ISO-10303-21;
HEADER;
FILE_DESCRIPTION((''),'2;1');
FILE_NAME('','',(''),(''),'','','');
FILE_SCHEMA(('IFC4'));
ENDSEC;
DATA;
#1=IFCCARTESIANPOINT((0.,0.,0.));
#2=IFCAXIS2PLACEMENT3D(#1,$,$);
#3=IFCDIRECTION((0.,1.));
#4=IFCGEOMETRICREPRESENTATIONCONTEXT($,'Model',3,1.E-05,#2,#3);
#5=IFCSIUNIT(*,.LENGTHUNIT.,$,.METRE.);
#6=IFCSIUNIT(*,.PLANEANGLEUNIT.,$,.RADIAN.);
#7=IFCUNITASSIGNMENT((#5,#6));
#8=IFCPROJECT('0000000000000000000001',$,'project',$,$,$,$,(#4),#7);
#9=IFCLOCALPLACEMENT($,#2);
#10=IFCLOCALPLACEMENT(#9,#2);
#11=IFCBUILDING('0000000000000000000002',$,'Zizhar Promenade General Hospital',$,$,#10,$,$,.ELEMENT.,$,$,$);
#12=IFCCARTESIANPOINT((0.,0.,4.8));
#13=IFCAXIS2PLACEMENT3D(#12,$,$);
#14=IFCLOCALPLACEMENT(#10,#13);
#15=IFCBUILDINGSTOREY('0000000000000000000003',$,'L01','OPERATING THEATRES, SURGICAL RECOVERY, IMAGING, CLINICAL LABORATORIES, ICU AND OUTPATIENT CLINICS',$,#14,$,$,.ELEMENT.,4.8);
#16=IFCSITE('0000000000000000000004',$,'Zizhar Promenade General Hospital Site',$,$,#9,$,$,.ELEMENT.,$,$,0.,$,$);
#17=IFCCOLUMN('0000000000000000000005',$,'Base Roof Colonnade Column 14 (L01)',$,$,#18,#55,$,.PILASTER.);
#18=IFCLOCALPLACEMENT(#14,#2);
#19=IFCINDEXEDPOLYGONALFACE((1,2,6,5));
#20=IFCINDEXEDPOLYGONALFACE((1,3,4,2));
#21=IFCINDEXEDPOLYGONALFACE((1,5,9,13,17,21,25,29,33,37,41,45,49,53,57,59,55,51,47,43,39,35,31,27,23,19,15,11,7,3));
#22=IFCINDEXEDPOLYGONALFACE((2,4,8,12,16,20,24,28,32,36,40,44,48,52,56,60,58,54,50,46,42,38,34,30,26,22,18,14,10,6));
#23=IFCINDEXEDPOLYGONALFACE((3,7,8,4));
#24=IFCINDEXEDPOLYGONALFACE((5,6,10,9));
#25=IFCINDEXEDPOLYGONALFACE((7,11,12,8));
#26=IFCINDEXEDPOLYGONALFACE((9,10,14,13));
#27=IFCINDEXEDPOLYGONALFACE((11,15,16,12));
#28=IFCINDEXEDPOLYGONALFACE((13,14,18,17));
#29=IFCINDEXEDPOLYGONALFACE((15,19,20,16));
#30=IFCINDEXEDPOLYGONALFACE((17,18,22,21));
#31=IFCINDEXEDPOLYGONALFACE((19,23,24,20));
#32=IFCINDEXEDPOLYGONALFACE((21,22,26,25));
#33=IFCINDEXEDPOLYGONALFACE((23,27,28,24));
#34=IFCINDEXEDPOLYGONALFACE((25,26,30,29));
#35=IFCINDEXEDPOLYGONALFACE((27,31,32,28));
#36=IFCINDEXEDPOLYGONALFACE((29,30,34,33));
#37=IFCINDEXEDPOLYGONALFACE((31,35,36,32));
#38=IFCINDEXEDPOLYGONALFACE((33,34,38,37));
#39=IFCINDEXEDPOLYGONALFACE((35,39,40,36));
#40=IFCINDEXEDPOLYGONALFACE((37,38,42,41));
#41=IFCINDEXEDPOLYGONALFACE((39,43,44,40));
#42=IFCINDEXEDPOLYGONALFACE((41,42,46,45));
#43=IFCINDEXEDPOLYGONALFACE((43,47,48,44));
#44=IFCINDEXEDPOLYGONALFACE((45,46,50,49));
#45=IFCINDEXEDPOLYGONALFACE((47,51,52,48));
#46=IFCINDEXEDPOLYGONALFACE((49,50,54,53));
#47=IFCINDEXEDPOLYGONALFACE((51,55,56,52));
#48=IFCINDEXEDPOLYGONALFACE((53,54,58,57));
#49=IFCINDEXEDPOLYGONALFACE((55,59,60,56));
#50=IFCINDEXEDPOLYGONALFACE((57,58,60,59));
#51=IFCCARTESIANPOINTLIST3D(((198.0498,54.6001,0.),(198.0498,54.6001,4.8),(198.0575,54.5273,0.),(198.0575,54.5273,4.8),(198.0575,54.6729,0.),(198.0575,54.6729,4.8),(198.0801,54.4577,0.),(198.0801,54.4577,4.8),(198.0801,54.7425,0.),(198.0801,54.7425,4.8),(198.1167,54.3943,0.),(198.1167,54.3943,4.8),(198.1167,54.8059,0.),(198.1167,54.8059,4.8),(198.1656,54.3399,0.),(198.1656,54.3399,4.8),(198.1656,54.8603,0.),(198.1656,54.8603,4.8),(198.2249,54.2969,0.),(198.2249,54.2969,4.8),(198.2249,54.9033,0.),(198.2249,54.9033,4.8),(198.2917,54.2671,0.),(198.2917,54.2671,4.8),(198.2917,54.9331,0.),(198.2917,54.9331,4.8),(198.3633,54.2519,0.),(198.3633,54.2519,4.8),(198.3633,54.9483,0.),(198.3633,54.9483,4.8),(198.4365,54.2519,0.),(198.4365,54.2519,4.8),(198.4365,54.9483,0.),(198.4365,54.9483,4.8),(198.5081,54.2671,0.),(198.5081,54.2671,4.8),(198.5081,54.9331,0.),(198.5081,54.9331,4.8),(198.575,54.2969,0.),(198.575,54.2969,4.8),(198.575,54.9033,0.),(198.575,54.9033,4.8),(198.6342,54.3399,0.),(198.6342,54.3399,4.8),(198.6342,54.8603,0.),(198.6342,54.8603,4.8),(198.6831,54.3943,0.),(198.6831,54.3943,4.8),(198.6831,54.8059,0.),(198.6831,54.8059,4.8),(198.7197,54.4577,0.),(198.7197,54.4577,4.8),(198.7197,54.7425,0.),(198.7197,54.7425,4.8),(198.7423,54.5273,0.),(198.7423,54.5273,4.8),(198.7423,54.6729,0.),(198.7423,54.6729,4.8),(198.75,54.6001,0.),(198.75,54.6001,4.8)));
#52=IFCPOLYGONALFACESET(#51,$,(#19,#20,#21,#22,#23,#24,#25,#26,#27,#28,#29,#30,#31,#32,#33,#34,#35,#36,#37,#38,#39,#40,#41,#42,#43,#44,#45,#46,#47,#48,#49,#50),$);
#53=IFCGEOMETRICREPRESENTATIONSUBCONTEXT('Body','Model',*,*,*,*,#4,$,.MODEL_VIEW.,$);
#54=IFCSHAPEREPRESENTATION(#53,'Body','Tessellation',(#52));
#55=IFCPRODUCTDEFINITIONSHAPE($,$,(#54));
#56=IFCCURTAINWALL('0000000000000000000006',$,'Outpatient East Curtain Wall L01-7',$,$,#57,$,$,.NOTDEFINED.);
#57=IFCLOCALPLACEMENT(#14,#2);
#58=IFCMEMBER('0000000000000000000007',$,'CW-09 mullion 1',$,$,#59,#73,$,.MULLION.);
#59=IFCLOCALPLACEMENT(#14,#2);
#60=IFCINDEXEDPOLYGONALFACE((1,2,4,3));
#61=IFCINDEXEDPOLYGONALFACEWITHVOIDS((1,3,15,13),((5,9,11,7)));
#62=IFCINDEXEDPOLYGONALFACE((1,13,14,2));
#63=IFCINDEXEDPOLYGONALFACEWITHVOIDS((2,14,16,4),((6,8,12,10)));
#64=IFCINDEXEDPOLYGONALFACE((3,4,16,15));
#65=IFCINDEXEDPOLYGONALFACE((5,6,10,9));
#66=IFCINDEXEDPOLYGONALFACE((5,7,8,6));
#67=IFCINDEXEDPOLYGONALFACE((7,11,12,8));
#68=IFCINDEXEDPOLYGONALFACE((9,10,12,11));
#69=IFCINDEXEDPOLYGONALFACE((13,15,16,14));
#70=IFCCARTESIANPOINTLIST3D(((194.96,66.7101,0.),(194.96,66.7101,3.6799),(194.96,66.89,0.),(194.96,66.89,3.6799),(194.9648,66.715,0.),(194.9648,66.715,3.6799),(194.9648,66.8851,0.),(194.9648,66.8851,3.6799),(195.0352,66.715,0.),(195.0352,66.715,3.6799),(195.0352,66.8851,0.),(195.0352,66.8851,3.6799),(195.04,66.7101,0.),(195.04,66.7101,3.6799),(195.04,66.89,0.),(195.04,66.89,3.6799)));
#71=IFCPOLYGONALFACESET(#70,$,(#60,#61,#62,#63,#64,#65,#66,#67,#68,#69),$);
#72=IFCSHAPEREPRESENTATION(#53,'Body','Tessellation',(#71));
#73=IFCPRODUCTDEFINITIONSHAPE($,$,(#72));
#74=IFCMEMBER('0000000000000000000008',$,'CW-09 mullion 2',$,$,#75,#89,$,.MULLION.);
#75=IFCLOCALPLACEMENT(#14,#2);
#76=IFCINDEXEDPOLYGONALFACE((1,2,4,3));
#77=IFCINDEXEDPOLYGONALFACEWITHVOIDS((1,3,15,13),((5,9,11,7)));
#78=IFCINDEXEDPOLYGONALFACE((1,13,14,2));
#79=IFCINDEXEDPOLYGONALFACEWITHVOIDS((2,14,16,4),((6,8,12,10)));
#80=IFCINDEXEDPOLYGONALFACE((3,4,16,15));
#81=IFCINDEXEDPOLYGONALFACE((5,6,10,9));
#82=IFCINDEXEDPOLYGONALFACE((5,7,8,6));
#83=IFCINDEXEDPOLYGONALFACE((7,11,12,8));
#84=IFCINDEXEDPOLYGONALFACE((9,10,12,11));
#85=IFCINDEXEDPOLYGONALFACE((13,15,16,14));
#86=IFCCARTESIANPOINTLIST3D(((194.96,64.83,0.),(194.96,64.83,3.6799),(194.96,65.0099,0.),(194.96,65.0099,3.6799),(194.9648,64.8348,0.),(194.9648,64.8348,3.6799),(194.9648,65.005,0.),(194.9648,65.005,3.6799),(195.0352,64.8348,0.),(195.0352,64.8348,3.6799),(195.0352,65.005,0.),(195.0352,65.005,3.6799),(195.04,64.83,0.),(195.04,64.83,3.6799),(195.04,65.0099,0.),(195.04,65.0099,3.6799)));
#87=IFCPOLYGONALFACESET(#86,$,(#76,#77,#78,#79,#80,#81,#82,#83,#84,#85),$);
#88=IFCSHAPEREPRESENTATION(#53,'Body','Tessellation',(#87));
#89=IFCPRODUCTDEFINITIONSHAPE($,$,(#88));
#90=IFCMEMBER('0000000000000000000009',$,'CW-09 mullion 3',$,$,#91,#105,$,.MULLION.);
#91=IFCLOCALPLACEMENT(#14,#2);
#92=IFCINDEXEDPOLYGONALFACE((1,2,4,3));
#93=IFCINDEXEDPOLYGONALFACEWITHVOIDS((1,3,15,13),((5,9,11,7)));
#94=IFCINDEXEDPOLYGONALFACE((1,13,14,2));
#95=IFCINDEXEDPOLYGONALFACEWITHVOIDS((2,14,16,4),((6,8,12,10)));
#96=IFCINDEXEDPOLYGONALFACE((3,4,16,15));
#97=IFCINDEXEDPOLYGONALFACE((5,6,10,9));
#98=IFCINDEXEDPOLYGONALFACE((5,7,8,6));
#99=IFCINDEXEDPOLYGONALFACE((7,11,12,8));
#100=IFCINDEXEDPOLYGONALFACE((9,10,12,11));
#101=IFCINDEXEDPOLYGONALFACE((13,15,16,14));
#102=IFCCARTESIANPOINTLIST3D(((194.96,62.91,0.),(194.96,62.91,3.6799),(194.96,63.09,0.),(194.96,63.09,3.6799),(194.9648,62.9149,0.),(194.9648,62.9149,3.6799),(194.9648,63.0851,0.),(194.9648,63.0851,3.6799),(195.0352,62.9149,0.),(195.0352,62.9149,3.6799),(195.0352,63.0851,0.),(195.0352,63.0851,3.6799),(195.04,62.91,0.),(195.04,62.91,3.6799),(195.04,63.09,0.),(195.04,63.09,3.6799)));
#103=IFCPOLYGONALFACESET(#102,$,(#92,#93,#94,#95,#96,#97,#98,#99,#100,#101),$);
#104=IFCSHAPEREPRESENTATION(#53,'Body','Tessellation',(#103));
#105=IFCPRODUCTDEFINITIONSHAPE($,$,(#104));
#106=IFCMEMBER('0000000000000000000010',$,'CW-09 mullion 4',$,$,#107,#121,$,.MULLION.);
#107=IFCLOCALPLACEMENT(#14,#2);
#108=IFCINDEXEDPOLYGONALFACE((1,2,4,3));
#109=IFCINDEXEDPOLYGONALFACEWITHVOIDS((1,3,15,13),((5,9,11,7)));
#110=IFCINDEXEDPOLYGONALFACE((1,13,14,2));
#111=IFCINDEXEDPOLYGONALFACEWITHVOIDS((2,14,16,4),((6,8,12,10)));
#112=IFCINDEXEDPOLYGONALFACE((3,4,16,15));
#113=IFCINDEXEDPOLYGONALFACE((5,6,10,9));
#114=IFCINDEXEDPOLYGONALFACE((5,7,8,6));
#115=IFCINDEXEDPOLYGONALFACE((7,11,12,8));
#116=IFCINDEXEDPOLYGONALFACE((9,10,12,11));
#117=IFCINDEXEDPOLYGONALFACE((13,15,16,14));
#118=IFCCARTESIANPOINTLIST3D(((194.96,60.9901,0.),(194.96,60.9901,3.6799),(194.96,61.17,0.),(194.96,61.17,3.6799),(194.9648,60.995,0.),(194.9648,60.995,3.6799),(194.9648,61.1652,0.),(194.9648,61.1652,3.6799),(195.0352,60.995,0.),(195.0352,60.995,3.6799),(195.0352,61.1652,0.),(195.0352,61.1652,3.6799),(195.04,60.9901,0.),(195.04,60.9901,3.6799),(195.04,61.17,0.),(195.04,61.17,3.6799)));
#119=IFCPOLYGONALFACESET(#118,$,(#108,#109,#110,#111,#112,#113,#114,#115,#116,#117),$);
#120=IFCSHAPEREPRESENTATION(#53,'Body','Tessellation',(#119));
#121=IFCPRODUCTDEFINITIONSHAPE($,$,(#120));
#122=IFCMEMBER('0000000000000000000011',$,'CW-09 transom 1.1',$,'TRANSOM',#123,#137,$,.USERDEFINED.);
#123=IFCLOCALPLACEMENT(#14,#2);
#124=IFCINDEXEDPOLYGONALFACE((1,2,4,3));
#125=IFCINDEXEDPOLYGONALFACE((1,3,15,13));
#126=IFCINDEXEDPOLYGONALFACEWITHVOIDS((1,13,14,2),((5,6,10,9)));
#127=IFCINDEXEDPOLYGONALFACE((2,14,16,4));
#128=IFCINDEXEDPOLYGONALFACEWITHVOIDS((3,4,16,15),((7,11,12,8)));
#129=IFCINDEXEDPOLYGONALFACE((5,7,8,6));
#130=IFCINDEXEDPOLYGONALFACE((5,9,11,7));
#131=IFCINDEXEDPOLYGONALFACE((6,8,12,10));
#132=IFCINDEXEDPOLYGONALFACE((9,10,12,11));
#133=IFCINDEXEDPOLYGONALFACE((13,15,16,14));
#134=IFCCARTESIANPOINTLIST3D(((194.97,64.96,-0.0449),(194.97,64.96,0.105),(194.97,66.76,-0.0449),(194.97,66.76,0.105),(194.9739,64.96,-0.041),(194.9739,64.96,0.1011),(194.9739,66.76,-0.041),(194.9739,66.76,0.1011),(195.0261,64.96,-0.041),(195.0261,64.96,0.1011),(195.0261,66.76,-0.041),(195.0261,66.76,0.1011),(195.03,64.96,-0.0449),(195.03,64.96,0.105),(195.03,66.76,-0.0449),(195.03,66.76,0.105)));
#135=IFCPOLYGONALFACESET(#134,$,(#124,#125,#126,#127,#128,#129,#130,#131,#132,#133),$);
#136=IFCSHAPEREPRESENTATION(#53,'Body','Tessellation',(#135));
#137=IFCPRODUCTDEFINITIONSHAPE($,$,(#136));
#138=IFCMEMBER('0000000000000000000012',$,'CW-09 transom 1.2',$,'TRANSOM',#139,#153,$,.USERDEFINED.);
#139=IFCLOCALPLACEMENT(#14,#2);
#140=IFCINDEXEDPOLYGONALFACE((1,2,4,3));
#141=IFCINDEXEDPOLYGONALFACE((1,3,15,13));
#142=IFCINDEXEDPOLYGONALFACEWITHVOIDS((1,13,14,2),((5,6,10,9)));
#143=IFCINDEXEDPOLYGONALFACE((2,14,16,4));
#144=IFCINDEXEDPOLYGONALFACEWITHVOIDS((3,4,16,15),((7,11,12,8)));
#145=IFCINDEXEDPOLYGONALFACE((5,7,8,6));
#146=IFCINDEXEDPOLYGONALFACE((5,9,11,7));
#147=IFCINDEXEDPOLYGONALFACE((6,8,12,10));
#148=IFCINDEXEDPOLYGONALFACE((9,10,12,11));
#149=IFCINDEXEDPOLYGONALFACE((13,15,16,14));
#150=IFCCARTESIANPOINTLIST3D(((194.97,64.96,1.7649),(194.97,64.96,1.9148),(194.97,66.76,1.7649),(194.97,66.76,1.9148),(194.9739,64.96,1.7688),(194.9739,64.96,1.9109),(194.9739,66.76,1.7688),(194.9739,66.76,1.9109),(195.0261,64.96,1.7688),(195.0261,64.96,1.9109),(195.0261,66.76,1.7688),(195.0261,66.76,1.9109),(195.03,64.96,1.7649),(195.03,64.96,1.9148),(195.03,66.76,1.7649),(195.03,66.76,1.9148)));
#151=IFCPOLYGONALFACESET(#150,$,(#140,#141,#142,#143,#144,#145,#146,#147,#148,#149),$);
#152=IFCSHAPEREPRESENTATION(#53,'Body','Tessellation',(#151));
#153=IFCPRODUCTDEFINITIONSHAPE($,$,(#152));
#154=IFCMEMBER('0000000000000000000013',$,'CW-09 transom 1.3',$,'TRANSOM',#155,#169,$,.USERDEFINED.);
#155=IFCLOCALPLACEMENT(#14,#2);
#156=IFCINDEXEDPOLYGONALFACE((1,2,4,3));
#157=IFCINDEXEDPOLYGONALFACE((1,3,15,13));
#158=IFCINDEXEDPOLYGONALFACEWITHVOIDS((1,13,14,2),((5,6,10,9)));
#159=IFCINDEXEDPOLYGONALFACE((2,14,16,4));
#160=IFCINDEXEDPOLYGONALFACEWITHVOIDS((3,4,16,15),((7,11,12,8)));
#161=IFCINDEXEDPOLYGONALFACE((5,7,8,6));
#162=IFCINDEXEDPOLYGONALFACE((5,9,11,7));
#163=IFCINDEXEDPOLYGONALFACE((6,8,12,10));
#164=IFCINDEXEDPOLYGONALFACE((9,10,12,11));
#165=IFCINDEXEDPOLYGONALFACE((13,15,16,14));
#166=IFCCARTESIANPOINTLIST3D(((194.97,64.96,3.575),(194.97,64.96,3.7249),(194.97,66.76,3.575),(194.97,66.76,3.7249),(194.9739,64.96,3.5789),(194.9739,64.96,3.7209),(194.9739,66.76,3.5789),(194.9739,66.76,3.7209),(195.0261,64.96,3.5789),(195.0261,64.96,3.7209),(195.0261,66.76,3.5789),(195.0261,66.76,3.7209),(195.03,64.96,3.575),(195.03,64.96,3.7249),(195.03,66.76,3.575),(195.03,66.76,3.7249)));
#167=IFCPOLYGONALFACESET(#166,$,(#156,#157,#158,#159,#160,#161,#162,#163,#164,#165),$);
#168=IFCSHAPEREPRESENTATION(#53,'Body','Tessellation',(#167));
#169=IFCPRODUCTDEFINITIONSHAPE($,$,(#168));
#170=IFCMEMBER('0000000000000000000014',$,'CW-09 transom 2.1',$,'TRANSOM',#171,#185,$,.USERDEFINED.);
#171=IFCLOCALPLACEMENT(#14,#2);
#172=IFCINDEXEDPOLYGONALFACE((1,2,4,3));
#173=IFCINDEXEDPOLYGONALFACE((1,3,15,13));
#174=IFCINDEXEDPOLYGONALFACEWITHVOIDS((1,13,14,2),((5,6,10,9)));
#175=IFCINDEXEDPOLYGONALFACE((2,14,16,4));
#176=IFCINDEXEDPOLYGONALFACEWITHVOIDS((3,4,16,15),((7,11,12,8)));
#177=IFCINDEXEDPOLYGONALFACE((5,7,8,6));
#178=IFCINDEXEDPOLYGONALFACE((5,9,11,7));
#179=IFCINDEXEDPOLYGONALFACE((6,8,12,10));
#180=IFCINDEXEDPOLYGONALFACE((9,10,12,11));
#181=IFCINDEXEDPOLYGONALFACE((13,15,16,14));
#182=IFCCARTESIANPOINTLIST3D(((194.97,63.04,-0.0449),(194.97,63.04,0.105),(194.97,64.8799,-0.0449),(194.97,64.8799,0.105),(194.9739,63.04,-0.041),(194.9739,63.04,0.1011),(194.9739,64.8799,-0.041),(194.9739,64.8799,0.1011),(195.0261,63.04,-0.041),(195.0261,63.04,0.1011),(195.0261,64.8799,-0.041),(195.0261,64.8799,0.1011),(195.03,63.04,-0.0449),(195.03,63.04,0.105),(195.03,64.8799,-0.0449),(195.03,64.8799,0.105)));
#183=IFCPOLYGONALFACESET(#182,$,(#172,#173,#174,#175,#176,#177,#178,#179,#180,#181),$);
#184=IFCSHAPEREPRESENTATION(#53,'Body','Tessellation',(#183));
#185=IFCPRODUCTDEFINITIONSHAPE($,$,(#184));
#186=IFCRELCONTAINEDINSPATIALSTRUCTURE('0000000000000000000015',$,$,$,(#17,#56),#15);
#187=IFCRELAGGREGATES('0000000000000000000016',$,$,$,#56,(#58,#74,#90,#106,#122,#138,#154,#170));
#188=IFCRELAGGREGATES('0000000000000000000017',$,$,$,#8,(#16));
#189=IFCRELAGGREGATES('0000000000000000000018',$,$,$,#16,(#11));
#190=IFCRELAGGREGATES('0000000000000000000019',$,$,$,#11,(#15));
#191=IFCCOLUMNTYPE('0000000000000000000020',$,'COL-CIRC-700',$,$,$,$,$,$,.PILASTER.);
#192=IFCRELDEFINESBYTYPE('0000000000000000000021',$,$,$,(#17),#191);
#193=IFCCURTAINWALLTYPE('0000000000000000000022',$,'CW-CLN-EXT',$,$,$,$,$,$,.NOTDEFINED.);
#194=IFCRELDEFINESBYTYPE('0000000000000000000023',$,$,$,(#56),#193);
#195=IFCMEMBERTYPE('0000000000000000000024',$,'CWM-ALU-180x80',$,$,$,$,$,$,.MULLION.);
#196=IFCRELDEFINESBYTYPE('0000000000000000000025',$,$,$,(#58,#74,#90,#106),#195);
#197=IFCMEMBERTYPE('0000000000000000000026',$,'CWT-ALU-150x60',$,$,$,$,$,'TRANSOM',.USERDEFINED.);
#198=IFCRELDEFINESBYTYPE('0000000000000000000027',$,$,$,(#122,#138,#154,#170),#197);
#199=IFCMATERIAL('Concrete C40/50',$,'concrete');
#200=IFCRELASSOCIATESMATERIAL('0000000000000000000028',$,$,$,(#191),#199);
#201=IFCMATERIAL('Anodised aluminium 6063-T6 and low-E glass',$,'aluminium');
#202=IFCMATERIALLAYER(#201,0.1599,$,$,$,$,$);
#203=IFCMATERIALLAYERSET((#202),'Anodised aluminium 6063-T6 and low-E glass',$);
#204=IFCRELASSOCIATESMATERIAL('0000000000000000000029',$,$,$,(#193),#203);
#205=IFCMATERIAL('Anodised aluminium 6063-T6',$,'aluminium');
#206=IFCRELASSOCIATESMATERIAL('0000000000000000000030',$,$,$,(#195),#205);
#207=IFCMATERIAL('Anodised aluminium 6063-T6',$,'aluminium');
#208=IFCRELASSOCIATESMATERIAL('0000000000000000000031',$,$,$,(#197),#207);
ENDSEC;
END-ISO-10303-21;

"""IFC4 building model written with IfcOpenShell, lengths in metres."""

from ifc_helpers import new_model, si_unit, direction, frame, origin, origin_2d, place, context, subcontext, project, spatial, hollow_rectangle, circle, extrude, material, layer, layer_set, material_profile, profile_set, type_object, element, aggregate, save


model = new_model("IFC4")

# Units and contexts
model_context = context("Model", 3, precision=1e-05, world=origin(), true_north=direction((0.0, 1.0)))
body_context = subcontext(model_context, "Body", "Model", "MODEL_VIEW")
ifc_project = project(units=[si_unit("LENGTHUNIT", "METRE"), si_unit("PLANEANGLEUNIT", "RADIAN")], contexts=[model_context])

# Site, building, storey
site_placement = place(None, origin())
site = spatial("IfcSite", under=ifc_project, at=site_placement, Name="Zizhar Promenade General Hospital Site", CompositionType="ELEMENT", RefElevation=0.0)
building_placement = place(site_placement, origin())
building = spatial("IfcBuilding", under=site, at=building_placement, Name="Zizhar Promenade General Hospital", CompositionType="ELEMENT")
storey_placement = place(building_placement, frame((0.0, 0.0, 4.8)))
storey = spatial("IfcBuildingStorey", under=building, at=storey_placement, Name="L01", Description="OPERATING THEATRES, SURGICAL RECOVERY, IMAGING, CLINICAL LABORATORIES, ICU AND OUTPATIENT CLINICS", CompositionType="ELEMENT", Elevation=4.8)

# Column
ifc_material_1 = material(Name="Concrete C40/50", Category="concrete")
ifc_material_profile_1 = material_profile(ifc_material_1, circle(Radius=0.3501, at=origin_2d()))
ifc_profile_set_1 = profile_set([ifc_material_profile_1], Name="Concrete C40/50")
column_type = type_object("IfcColumnType", Name="COL-CIRC-700", PredefinedType="PILASTER", material=ifc_profile_set_1)
column_placement = place(storey_placement, frame((198.3999, 54.6001, 0.0), z_axis=(0.0, 0.0, 1.0), x_axis=(1.0, 0.0, 0.0)))
element("IfcColumn", 1, at=column_placement, inside=storey, type_object=column_type, Name="Base Roof Colonnade Column 14 (L01)", PredefinedType="PILASTER", context=body_context, shape_type="SweptSolid", body=[
    extrude(circle(Radius=0.3501, at=origin_2d()), origin(), (0.0, 0.0, 1.0), 4.8),
])

# Curtain wall, members
ifc_material_2 = material(Name="Anodised aluminium 6063-T6 and low-E glass", Category="aluminium")
ifc_layer_1 = layer(ifc_material_2, 0.1599)
ifc_layer_set_1 = layer_set([ifc_layer_1], Name="Anodised aluminium 6063-T6 and low-E glass")
curtain_wall_type = type_object("IfcCurtainWallType", Name="CW-CLN-EXT", PredefinedType="NOTDEFINED", material=ifc_layer_set_1)
curtain_wall_placement = place(storey_placement, origin())
curtain_wall = element("IfcCurtainWall", 2, at=curtain_wall_placement, inside=storey, type_object=curtain_wall_type, Name="Outpatient East Curtain Wall L01-7", PredefinedType="NOTDEFINED")
ifc_material_3 = material(Name="Anodised aluminium 6063-T6", Category="aluminium")
ifc_material_profile_2 = material_profile(ifc_material_3, hollow_rectangle(XDim=0.0801, YDim=0.1799, WallThickness=0.0049, at=origin_2d()))
ifc_profile_set_2 = profile_set([ifc_material_profile_2], Name="Anodised aluminium 6063-T6")
member_type_1 = type_object("IfcMemberType", Name="CWM-ALU-180x80", PredefinedType="MULLION", material=ifc_profile_set_2)
member_1_placement = place(storey_placement, frame((195.0, 66.8, 0.0), z_axis=(0.0, 0.0, 1.0), x_axis=(1.0, 0.0, 0.0)))
member_1 = element("IfcMember", 3, at=member_1_placement, type_object=member_type_1, Name="CW-09 mullion 1", PredefinedType="MULLION", context=body_context, shape_type="SweptSolid", body=[
    extrude(hollow_rectangle(XDim=0.0801, YDim=0.1799, WallThickness=0.0049, at=origin_2d()), origin(), (0.0, 0.0, 1.0), 3.6799),
])
member_2_placement = place(storey_placement, frame((195.0, 64.9199, 0.0), z_axis=(0.0, 0.0, 1.0), x_axis=(1.0, 0.0, 0.0)))
member_2 = element("IfcMember", 4, at=member_2_placement, type_object=member_type_1, Name="CW-09 mullion 2", PredefinedType="MULLION", context=body_context, shape_type="SweptSolid", body=[
    extrude(hollow_rectangle(XDim=0.0801, YDim=0.1799, WallThickness=0.0049, at=origin_2d()), origin(), (0.0, 0.0, 1.0), 3.6799),
])
member_3_placement = place(storey_placement, frame((195.0, 63.0, 0.0), z_axis=(0.0, 0.0, 1.0), x_axis=(1.0, 0.0, 0.0)))
member_3 = element("IfcMember", 5, at=member_3_placement, type_object=member_type_1, Name="CW-09 mullion 3", PredefinedType="MULLION", context=body_context, shape_type="SweptSolid", body=[
    extrude(hollow_rectangle(XDim=0.0801, YDim=0.1799, WallThickness=0.0049, at=origin_2d()), origin(), (0.0, 0.0, 1.0), 3.6799),
])
member_4_placement = place(storey_placement, frame((195.0, 61.0801, 0.0), z_axis=(0.0, 0.0, 1.0), x_axis=(1.0, 0.0, 0.0)))
member_4 = element("IfcMember", 6, at=member_4_placement, type_object=member_type_1, Name="CW-09 mullion 4", PredefinedType="MULLION", context=body_context, shape_type="SweptSolid", body=[
    extrude(hollow_rectangle(XDim=0.0801, YDim=0.1799, WallThickness=0.0049, at=origin_2d()), origin(), (0.0, 0.0, 1.0), 3.6799),
])
ifc_material_4 = material(Name="Anodised aluminium 6063-T6", Category="aluminium")
ifc_material_profile_3 = material_profile(ifc_material_4, hollow_rectangle(XDim=0.0601, YDim=0.1499, WallThickness=0.0039, at=origin_2d()))
ifc_profile_set_3 = profile_set([ifc_material_profile_3], Name="Anodised aluminium 6063-T6")
member_type_2 = type_object("IfcMemberType", Name="CWT-ALU-150x60", ElementType="TRANSOM", PredefinedType="USERDEFINED", material=ifc_profile_set_3)
member_5_placement = place(storey_placement, frame((195.0, 66.76, 0.03), z_axis=(0.0, -1.0, 0.0), x_axis=(1.0, 0.0, 0.0)))
member_5 = element("IfcMember", 7, at=member_5_placement, type_object=member_type_2, Name="CW-09 transom 1.1", ObjectType="TRANSOM", PredefinedType="USERDEFINED", context=body_context, shape_type="SweptSolid", body=[
    extrude(hollow_rectangle(XDim=0.0601, YDim=0.1499, WallThickness=0.0039, at=origin_2d()), origin(), (0.0, 0.0, 1.0), 1.8),
])
member_6_placement = place(storey_placement, frame((195.0, 66.76, 1.8398), z_axis=(0.0, -1.0, 0.0), x_axis=(1.0, 0.0, 0.0)))
member_6 = element("IfcMember", 8, at=member_6_placement, type_object=member_type_2, Name="CW-09 transom 1.2", ObjectType="TRANSOM", PredefinedType="USERDEFINED", context=body_context, shape_type="SweptSolid", body=[
    extrude(hollow_rectangle(XDim=0.0601, YDim=0.1499, WallThickness=0.0039, at=origin_2d()), origin(), (0.0, 0.0, 1.0), 1.8),
])
member_7_placement = place(storey_placement, frame((195.0, 66.76, 3.6499), z_axis=(0.0, -1.0, 0.0), x_axis=(1.0, 0.0, 0.0)))
member_7 = element("IfcMember", 9, at=member_7_placement, type_object=member_type_2, Name="CW-09 transom 1.3", ObjectType="TRANSOM", PredefinedType="USERDEFINED", context=body_context, shape_type="SweptSolid", body=[
    extrude(hollow_rectangle(XDim=0.0601, YDim=0.1499, WallThickness=0.0039, at=origin_2d()), origin(), (0.0, 0.0, 1.0), 1.8),
])
member_8_placement = place(storey_placement, frame((195.0, 64.8799, 0.03), z_axis=(0.0, -1.0, 0.0), x_axis=(1.0, 0.0, 0.0)))
member_8 = element("IfcMember", 10, at=member_8_placement, type_object=member_type_2, Name="CW-09 transom 2.1", ObjectType="TRANSOM", PredefinedType="USERDEFINED", context=body_context, shape_type="SweptSolid", body=[
    extrude(hollow_rectangle(XDim=0.0601, YDim=0.1499, WallThickness=0.0039, at=origin_2d()), origin(), (0.0, 0.0, 1.0), 1.8398),
])
aggregate(curtain_wall, [member_1, member_2, member_3, member_4, member_5, member_6, member_7, member_8])

save(model, "model.ifc")
